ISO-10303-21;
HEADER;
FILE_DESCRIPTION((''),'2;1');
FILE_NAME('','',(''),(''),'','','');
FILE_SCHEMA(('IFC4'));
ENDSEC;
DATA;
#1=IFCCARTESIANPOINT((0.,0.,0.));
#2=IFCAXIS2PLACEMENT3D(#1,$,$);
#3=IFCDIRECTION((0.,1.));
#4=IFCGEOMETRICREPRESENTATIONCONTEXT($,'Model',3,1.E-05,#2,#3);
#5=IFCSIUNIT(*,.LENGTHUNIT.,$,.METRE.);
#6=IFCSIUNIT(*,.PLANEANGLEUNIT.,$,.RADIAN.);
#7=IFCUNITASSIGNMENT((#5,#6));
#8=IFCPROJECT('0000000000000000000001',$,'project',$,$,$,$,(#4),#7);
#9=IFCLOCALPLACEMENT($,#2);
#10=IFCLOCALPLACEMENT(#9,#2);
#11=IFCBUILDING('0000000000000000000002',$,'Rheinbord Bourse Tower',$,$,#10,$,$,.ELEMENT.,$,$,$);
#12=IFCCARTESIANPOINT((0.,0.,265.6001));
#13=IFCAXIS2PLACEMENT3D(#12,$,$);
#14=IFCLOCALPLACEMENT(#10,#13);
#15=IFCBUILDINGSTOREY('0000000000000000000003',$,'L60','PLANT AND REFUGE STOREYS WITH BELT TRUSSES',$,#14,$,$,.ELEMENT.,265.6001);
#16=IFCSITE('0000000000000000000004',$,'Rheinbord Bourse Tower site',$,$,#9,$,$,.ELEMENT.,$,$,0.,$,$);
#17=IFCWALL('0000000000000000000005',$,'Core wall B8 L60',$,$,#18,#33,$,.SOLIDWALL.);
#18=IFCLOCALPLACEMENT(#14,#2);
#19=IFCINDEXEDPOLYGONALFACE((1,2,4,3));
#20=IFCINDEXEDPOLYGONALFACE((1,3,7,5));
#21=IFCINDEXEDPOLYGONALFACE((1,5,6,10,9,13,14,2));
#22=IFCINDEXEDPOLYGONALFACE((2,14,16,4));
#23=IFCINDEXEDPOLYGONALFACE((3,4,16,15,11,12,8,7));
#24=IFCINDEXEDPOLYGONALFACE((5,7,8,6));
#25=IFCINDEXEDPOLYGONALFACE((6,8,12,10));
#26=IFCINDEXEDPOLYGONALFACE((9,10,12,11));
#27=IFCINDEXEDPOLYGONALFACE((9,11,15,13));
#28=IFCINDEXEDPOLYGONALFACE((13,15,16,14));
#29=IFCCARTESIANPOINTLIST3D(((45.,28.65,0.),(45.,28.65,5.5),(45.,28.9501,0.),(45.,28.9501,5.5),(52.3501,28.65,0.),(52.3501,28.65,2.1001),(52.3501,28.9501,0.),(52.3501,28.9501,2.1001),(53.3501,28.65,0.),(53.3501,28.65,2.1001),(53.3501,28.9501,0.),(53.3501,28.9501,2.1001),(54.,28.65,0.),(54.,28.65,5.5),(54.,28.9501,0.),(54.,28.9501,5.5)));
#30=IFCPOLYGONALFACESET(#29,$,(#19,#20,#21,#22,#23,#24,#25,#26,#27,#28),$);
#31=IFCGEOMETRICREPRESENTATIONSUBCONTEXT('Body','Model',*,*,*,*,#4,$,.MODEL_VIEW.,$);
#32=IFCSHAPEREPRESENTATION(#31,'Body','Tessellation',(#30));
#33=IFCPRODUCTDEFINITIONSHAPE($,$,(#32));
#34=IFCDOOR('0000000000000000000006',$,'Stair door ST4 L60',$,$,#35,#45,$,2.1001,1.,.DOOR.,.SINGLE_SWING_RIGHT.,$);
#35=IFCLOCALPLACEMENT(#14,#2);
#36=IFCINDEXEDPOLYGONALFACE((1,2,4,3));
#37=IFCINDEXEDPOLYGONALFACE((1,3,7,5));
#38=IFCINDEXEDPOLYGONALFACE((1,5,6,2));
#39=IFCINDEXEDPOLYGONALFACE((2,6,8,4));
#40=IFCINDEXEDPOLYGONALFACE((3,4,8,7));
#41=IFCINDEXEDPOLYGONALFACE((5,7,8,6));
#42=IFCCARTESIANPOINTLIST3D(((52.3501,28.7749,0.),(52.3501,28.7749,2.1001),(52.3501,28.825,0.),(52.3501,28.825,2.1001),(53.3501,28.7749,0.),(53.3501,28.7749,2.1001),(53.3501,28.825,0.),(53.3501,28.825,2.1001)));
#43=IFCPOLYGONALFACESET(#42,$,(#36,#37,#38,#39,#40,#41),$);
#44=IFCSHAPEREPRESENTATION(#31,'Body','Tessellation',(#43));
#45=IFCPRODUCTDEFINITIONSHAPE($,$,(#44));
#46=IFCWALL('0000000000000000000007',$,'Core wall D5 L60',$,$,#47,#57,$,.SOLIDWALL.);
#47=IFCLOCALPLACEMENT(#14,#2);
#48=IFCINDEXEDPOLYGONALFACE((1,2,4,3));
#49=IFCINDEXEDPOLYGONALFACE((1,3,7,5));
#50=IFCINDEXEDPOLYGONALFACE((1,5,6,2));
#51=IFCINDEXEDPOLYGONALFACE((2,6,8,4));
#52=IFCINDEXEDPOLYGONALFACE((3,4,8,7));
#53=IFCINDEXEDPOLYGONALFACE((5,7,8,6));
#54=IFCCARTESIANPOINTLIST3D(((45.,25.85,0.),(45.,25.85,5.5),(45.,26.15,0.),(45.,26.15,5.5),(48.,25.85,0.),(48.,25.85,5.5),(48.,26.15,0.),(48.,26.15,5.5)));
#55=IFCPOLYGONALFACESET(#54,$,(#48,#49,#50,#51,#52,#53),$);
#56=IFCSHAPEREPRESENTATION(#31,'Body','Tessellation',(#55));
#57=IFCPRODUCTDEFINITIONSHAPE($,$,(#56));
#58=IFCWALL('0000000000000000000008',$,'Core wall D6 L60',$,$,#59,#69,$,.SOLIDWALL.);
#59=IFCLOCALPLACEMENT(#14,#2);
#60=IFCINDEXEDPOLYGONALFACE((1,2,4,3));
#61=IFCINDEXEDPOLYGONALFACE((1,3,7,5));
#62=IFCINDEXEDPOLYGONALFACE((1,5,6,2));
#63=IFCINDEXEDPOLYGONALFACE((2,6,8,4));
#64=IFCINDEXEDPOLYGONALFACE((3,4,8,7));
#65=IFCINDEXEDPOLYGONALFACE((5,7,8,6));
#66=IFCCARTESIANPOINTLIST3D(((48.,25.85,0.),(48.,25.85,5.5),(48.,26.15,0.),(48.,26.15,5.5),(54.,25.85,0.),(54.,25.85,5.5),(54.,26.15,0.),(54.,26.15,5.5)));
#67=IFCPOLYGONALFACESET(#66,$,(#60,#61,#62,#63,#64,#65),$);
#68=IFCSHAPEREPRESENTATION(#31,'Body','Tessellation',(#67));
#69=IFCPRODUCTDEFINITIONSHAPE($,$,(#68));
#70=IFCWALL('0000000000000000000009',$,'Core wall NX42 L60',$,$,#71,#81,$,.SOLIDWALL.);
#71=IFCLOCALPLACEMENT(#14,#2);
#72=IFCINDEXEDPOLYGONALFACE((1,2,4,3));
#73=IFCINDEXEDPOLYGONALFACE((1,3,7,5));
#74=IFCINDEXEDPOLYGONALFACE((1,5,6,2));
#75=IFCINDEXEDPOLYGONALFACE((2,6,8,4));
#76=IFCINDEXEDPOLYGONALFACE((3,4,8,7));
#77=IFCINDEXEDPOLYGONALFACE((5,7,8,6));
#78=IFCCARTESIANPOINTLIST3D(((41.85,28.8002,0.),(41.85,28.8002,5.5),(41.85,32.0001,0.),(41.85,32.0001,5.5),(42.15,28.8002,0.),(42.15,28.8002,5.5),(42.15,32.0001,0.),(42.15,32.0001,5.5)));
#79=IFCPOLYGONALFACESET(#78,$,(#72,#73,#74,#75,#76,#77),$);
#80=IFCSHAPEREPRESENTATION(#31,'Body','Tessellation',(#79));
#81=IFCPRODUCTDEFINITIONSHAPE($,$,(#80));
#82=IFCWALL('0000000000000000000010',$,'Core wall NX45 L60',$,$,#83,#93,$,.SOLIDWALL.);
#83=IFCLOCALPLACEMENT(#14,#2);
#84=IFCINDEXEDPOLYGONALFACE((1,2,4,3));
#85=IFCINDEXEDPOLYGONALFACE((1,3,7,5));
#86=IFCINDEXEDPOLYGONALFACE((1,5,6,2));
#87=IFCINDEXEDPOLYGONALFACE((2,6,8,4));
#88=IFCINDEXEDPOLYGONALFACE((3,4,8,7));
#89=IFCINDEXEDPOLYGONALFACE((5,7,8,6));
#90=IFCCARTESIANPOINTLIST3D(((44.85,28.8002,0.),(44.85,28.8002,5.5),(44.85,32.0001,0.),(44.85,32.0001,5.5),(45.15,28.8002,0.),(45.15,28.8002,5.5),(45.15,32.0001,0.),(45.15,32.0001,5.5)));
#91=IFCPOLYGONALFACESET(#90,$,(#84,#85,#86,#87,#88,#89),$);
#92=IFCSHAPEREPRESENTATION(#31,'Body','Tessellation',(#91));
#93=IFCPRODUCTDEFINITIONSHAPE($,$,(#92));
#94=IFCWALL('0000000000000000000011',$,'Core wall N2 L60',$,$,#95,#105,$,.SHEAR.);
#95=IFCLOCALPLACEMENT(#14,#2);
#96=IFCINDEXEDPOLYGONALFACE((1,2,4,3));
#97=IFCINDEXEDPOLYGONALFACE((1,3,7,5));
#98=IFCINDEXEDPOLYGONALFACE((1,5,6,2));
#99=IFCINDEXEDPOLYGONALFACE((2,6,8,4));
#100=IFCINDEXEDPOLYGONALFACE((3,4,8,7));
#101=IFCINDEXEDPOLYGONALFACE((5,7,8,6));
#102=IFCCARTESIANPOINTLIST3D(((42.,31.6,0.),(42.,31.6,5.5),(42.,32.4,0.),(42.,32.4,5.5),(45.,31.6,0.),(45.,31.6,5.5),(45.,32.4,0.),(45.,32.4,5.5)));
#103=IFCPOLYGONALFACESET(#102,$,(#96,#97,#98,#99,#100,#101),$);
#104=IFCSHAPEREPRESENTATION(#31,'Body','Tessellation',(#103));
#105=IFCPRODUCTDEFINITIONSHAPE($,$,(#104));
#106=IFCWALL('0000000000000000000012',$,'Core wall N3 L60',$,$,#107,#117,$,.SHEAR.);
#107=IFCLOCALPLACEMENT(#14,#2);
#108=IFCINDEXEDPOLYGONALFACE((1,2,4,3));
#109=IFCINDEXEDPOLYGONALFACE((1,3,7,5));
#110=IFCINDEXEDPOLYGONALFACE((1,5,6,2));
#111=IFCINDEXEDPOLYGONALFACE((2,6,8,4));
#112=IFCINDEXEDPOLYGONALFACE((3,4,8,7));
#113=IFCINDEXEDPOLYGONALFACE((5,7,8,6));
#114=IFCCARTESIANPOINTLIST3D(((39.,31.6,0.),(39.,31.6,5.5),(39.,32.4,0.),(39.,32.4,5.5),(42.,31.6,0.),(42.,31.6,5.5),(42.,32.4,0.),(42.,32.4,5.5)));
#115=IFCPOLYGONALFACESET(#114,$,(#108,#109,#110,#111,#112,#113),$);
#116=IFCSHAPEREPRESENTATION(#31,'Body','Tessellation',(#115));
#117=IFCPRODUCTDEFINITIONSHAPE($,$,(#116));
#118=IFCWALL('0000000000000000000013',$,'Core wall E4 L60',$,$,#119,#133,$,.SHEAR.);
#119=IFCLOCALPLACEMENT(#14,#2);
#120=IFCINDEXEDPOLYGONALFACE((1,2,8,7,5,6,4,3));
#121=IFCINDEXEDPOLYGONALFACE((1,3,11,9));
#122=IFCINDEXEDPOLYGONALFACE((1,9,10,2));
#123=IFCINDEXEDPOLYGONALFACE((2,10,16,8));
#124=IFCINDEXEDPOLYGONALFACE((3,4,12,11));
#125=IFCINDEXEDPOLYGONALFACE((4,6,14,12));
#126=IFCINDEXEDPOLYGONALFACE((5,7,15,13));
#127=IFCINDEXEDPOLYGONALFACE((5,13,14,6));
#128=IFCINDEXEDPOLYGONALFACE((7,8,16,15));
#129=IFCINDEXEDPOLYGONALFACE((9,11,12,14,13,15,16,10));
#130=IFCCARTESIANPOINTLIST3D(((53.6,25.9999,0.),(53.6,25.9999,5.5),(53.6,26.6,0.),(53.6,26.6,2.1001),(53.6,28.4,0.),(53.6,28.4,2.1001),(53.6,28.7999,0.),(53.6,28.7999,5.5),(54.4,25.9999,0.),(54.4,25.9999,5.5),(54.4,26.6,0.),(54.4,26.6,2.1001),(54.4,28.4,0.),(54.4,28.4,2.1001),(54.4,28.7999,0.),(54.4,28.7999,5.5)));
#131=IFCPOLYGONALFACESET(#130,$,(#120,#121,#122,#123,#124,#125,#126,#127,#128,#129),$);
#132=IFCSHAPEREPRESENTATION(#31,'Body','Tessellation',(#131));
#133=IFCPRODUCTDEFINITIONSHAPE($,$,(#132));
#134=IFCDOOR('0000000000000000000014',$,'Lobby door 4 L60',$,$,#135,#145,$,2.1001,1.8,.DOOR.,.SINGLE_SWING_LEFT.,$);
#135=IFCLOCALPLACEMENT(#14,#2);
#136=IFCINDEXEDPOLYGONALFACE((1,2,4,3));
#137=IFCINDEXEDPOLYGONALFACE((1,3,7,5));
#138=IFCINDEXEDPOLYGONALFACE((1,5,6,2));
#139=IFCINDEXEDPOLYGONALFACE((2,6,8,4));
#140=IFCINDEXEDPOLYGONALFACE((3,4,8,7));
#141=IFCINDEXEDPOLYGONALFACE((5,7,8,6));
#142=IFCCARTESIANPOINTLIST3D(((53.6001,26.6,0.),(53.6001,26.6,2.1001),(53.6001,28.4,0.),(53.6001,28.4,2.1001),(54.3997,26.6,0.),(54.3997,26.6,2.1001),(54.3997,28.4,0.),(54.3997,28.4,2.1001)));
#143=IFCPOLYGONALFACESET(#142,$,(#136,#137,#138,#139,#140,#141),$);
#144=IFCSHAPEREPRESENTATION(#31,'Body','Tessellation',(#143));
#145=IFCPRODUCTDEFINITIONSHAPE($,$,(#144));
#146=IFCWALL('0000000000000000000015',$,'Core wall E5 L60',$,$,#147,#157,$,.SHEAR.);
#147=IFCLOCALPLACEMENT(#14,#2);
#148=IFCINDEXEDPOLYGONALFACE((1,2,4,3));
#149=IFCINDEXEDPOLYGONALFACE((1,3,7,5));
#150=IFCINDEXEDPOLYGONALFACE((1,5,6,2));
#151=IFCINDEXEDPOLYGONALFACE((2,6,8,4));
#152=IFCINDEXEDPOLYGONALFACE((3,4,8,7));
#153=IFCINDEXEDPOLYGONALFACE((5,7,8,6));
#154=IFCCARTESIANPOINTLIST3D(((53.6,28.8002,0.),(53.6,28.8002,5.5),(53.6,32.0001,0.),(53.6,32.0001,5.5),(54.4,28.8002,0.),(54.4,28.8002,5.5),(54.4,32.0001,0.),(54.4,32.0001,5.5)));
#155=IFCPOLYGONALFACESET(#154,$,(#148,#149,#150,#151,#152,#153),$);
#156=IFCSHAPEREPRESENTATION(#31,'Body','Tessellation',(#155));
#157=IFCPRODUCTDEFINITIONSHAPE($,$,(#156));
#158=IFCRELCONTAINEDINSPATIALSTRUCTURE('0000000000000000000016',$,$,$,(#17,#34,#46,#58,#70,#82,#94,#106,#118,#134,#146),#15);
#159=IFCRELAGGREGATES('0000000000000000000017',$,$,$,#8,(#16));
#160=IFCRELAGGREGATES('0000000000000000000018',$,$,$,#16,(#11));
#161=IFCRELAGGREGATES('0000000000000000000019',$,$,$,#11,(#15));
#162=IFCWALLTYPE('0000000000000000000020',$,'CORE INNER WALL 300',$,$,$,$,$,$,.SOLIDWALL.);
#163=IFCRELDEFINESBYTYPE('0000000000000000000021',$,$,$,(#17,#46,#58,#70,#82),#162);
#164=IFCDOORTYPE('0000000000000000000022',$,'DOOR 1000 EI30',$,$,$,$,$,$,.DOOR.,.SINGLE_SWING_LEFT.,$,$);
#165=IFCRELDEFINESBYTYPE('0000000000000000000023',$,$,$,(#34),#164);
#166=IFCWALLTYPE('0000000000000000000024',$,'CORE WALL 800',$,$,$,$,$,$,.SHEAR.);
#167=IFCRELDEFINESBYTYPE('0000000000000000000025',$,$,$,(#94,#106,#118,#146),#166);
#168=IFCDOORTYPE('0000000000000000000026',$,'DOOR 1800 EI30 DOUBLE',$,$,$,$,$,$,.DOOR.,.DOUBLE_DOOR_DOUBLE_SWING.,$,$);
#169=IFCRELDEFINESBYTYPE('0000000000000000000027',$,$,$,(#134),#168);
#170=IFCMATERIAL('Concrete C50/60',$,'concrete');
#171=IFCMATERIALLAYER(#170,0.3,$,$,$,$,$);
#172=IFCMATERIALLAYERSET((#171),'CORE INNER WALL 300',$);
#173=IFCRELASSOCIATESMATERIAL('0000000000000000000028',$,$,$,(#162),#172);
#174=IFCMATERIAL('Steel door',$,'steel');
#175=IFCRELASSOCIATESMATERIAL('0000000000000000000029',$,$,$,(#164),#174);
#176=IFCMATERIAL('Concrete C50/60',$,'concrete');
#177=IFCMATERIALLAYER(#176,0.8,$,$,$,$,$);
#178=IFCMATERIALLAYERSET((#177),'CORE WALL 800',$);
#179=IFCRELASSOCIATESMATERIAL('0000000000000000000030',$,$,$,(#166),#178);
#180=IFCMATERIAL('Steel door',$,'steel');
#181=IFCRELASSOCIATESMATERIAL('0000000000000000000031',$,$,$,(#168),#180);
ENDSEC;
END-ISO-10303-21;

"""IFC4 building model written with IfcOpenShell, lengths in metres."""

from ifc_helpers import new_model, si_unit, direction, frame, frame_2d, origin, place, context, subcontext, project, spatial, rectangle, extrude, material, layer, layer_set, type_object, element, fill, save


model = new_model("IFC4")

# Units and contexts
model_context = context("Model", 3, precision=1e-05, world=origin(), true_north=direction((0.0, 1.0)))
body_context = subcontext(model_context, "Body", "Model", "MODEL_VIEW")
ifc_project = project(units=[si_unit("LENGTHUNIT", "METRE"), si_unit("PLANEANGLEUNIT", "RADIAN")], contexts=[model_context])

# Site, building, storey
site_placement = place(None, origin())
site = spatial("IfcSite", under=ifc_project, at=site_placement, Name="Rheinbord Bourse Tower site", CompositionType="ELEMENT", RefElevation=0.0)
building_placement = place(site_placement, origin())
building = spatial("IfcBuilding", under=site, at=building_placement, Name="Rheinbord Bourse Tower", CompositionType="ELEMENT")
storey_placement = place(building_placement, frame((0.0, 0.0, 265.6001)))
storey = spatial("IfcBuildingStorey", under=building, at=storey_placement, Name="L60", Description="PLANT AND REFUGE STOREYS WITH BELT TRUSSES", CompositionType="ELEMENT", Elevation=265.6001)

# Wall, opening, door
ifc_material_1 = material(Name="Concrete C50/60", Category="concrete")
ifc_layer_1 = layer(ifc_material_1, 0.3)
ifc_layer_set_1 = layer_set([ifc_layer_1], Name="CORE INNER WALL 300")
wall_type_1 = type_object("IfcWallType", Name="CORE INNER WALL 300", PredefinedType="SOLIDWALL", material=ifc_layer_set_1)
wall_1_placement = place(storey_placement, frame((45.0, 28.8, 0.0), z_axis=(0.0, 0.0, 1.0), x_axis=(1.0, 0.0, 0.0)))
wall_1 = element("IfcWall", 1, at=wall_1_placement, inside=storey, type_object=wall_type_1, Name="Core wall B8 L60", PredefinedType="SOLIDWALL", context=body_context, shape_type="SweptSolid", body=[
    extrude(rectangle(XDim=9.0, YDim=0.3, at=frame_2d((4.5, 0.0))), origin(), (0.0, 0.0, 1.0), 5.5),
])
opening_1_placement = place(wall_1_placement, frame((7.3501, 0.0, 0.0)))
opening_1 = element("IfcOpeningElement", 2, at=opening_1_placement, cuts=wall_1, PredefinedType="OPENING", context=body_context, shape_type="SweptSolid", body=[
    extrude(rectangle(XDim=1.0, YDim=2.1001, at=frame_2d((0.5, 1.05))), frame((0.0, 0.1599, 0.0), z_axis=(0.0, -1.0, 0.0), x_axis=(1.0, 0.0, 0.0)), (0.0, 0.0, 1.0), 0.3201),
])
ifc_material_2 = material(Name="Steel door", Category="steel")
door_type_1 = type_object("IfcDoorType", Name="DOOR 1000 EI30", OperationType="SINGLE_SWING_LEFT", PredefinedType="DOOR", material=ifc_material_2)
door_1_placement = place(opening_1_placement, origin())
door_1 = element("IfcDoor", 3, at=door_1_placement, inside=storey, type_object=door_type_1, Name="Stair door ST4 L60", OperationType="SINGLE_SWING_RIGHT", OverallHeight=2.1001, OverallWidth=1.0, PredefinedType="DOOR", context=body_context, shape_type="SweptSolid", body=[
    extrude(rectangle(XDim=1.0, YDim=2.1001, at=frame_2d((0.5, 1.05))), frame((0.0, 0.0249, 0.0), z_axis=(0.0, -1.0, 0.0), x_axis=(1.0, 0.0, 0.0)), (0.0, 0.0, 1.0), 0.05),
])
fill(opening_1, door_1)

# Walls
wall_2_placement = place(storey_placement, frame((45.0, 26.0, 0.0), z_axis=(0.0, 0.0, 1.0), x_axis=(1.0, 0.0, 0.0)))
element("IfcWall", 4, at=wall_2_placement, inside=storey, type_object=wall_type_1, Name="Core wall D5 L60", PredefinedType="SOLIDWALL", context=body_context, shape_type="SweptSolid", body=[
    extrude(rectangle(XDim=3.0, YDim=0.3, at=frame_2d((1.5, 0.0))), origin(), (0.0, 0.0, 1.0), 5.5),
])
wall_3_placement = place(storey_placement, frame((48.0, 26.0, 0.0), z_axis=(0.0, 0.0, 1.0), x_axis=(1.0, 0.0, 0.0)))
element("IfcWall", 5, at=wall_3_placement, inside=storey, type_object=wall_type_1, Name="Core wall D6 L60", PredefinedType="SOLIDWALL", context=body_context, shape_type="SweptSolid", body=[
    extrude(rectangle(XDim=6.0, YDim=0.3, at=frame_2d((3.0, 0.0))), origin(), (0.0, 0.0, 1.0), 5.5),
])
for number, where, z_axis, x_axis, name in (
    (6, (42.0, 28.8, 0.0), (0.0, 0.0, 1.0), (0.0, 1.0, 0.0), "Core wall NX42 L60"),
    (7, (45.0, 28.8, 0.0), (0.0, 0.0, 1.0), (0.0, 1.0, 0.0), "Core wall NX45 L60"),
):
    element("IfcWall", number, at=place(storey_placement, frame(where, z_axis=z_axis, x_axis=x_axis)), inside=storey, type_object=wall_type_1, Name=name, PredefinedType="SOLIDWALL", context=body_context, shape_type="SweptSolid", body=[
        extrude(rectangle(XDim=3.2, YDim=0.3, at=frame_2d((1.6001, 0.0))), origin(), (0.0, 0.0, 1.0), 5.5),
    ])
ifc_material_3 = material(Name="Concrete C50/60", Category="concrete")
ifc_layer_2 = layer(ifc_material_3, 0.8)
ifc_layer_set_2 = layer_set([ifc_layer_2], Name="CORE WALL 800")
wall_type_2 = type_object("IfcWallType", Name="CORE WALL 800", PredefinedType="SHEAR", material=ifc_layer_set_2)
for number, where, z_axis, x_axis, name in (
    (8, (45.0, 32.0, 0.0), (0.0, 0.0, 1.0), (-1.0, 0.0, 0.0), "Core wall N2 L60"),
    (9, (42.0, 32.0, 0.0), (0.0, 0.0, 1.0), (-1.0, 0.0, 0.0), "Core wall N3 L60"),
):
    element("IfcWall", number, at=place(storey_placement, frame(where, z_axis=z_axis, x_axis=x_axis)), inside=storey, type_object=wall_type_2, Name=name, PredefinedType="SHEAR", context=body_context, shape_type="SweptSolid", body=[
        extrude(rectangle(XDim=3.0, YDim=0.8, at=frame_2d((1.5, 0.0))), origin(), (0.0, 0.0, 1.0), 5.5),
    ])

# Wall, opening, door
wall_4_placement = place(storey_placement, frame((54.0, 26.0, 0.0), z_axis=(0.0, 0.0, 1.0), x_axis=(0.0, 1.0, 0.0)))
wall_4 = element("IfcWall", 10, at=wall_4_placement, inside=storey, type_object=wall_type_2, Name="Core wall E4 L60", PredefinedType="SHEAR", context=body_context, shape_type="SweptSolid", body=[
    extrude(rectangle(XDim=2.8, YDim=0.8, at=frame_2d((1.3999, 0.0))), origin(), (0.0, 0.0, 1.0), 5.5),
])
opening_2_placement = place(wall_4_placement, frame((0.6001, 0.0, 0.0)))
opening_2 = element("IfcOpeningElement", 11, at=opening_2_placement, cuts=wall_4, PredefinedType="OPENING", context=body_context, shape_type="SweptSolid", body=[
    extrude(rectangle(XDim=1.8, YDim=2.1001, at=frame_2d((0.8999, 1.05))), frame((0.0, 0.4099, 0.0), z_axis=(0.0, -1.0, 0.0), x_axis=(1.0, 0.0, 0.0)), (0.0, 0.0, 1.0), 0.8201),
])
ifc_material_4 = material(Name="Steel door", Category="steel")
door_type_2 = type_object("IfcDoorType", Name="DOOR 1800 EI30 DOUBLE", OperationType="DOUBLE_DOOR_DOUBLE_SWING", PredefinedType="DOOR", material=ifc_material_4)
door_2_placement = place(opening_2_placement, origin())
door_2 = element("IfcDoor", 12, at=door_2_placement, inside=storey, type_object=door_type_2, Name="Lobby door 4 L60", OperationType="SINGLE_SWING_LEFT", OverallHeight=2.1001, OverallWidth=1.8, PredefinedType="DOOR", context=body_context, shape_type="SweptSolid", body=[
    extrude(rectangle(XDim=1.8, YDim=2.1001, at=frame_2d((0.8999, 1.05))), frame((0.0, 0.3999, 0.0), z_axis=(0.0, -1.0, 0.0), x_axis=(1.0, 0.0, 0.0)), (0.0, 0.0, 1.0), 0.7996),
])
fill(opening_2, door_2)

# Wall
wall_5_placement = place(storey_placement, frame((54.0, 28.8, 0.0), z_axis=(0.0, 0.0, 1.0), x_axis=(0.0, 1.0, 0.0)))
element("IfcWall", 13, at=wall_5_placement, inside=storey, type_object=wall_type_2, Name="Core wall E5 L60", PredefinedType="SHEAR", context=body_context, shape_type="SweptSolid", body=[
    extrude(rectangle(XDim=3.2, YDim=0.8, at=frame_2d((1.6001, 0.0))), origin(), (0.0, 0.0, 1.0), 5.5),
])

save(model, "model.ifc")
